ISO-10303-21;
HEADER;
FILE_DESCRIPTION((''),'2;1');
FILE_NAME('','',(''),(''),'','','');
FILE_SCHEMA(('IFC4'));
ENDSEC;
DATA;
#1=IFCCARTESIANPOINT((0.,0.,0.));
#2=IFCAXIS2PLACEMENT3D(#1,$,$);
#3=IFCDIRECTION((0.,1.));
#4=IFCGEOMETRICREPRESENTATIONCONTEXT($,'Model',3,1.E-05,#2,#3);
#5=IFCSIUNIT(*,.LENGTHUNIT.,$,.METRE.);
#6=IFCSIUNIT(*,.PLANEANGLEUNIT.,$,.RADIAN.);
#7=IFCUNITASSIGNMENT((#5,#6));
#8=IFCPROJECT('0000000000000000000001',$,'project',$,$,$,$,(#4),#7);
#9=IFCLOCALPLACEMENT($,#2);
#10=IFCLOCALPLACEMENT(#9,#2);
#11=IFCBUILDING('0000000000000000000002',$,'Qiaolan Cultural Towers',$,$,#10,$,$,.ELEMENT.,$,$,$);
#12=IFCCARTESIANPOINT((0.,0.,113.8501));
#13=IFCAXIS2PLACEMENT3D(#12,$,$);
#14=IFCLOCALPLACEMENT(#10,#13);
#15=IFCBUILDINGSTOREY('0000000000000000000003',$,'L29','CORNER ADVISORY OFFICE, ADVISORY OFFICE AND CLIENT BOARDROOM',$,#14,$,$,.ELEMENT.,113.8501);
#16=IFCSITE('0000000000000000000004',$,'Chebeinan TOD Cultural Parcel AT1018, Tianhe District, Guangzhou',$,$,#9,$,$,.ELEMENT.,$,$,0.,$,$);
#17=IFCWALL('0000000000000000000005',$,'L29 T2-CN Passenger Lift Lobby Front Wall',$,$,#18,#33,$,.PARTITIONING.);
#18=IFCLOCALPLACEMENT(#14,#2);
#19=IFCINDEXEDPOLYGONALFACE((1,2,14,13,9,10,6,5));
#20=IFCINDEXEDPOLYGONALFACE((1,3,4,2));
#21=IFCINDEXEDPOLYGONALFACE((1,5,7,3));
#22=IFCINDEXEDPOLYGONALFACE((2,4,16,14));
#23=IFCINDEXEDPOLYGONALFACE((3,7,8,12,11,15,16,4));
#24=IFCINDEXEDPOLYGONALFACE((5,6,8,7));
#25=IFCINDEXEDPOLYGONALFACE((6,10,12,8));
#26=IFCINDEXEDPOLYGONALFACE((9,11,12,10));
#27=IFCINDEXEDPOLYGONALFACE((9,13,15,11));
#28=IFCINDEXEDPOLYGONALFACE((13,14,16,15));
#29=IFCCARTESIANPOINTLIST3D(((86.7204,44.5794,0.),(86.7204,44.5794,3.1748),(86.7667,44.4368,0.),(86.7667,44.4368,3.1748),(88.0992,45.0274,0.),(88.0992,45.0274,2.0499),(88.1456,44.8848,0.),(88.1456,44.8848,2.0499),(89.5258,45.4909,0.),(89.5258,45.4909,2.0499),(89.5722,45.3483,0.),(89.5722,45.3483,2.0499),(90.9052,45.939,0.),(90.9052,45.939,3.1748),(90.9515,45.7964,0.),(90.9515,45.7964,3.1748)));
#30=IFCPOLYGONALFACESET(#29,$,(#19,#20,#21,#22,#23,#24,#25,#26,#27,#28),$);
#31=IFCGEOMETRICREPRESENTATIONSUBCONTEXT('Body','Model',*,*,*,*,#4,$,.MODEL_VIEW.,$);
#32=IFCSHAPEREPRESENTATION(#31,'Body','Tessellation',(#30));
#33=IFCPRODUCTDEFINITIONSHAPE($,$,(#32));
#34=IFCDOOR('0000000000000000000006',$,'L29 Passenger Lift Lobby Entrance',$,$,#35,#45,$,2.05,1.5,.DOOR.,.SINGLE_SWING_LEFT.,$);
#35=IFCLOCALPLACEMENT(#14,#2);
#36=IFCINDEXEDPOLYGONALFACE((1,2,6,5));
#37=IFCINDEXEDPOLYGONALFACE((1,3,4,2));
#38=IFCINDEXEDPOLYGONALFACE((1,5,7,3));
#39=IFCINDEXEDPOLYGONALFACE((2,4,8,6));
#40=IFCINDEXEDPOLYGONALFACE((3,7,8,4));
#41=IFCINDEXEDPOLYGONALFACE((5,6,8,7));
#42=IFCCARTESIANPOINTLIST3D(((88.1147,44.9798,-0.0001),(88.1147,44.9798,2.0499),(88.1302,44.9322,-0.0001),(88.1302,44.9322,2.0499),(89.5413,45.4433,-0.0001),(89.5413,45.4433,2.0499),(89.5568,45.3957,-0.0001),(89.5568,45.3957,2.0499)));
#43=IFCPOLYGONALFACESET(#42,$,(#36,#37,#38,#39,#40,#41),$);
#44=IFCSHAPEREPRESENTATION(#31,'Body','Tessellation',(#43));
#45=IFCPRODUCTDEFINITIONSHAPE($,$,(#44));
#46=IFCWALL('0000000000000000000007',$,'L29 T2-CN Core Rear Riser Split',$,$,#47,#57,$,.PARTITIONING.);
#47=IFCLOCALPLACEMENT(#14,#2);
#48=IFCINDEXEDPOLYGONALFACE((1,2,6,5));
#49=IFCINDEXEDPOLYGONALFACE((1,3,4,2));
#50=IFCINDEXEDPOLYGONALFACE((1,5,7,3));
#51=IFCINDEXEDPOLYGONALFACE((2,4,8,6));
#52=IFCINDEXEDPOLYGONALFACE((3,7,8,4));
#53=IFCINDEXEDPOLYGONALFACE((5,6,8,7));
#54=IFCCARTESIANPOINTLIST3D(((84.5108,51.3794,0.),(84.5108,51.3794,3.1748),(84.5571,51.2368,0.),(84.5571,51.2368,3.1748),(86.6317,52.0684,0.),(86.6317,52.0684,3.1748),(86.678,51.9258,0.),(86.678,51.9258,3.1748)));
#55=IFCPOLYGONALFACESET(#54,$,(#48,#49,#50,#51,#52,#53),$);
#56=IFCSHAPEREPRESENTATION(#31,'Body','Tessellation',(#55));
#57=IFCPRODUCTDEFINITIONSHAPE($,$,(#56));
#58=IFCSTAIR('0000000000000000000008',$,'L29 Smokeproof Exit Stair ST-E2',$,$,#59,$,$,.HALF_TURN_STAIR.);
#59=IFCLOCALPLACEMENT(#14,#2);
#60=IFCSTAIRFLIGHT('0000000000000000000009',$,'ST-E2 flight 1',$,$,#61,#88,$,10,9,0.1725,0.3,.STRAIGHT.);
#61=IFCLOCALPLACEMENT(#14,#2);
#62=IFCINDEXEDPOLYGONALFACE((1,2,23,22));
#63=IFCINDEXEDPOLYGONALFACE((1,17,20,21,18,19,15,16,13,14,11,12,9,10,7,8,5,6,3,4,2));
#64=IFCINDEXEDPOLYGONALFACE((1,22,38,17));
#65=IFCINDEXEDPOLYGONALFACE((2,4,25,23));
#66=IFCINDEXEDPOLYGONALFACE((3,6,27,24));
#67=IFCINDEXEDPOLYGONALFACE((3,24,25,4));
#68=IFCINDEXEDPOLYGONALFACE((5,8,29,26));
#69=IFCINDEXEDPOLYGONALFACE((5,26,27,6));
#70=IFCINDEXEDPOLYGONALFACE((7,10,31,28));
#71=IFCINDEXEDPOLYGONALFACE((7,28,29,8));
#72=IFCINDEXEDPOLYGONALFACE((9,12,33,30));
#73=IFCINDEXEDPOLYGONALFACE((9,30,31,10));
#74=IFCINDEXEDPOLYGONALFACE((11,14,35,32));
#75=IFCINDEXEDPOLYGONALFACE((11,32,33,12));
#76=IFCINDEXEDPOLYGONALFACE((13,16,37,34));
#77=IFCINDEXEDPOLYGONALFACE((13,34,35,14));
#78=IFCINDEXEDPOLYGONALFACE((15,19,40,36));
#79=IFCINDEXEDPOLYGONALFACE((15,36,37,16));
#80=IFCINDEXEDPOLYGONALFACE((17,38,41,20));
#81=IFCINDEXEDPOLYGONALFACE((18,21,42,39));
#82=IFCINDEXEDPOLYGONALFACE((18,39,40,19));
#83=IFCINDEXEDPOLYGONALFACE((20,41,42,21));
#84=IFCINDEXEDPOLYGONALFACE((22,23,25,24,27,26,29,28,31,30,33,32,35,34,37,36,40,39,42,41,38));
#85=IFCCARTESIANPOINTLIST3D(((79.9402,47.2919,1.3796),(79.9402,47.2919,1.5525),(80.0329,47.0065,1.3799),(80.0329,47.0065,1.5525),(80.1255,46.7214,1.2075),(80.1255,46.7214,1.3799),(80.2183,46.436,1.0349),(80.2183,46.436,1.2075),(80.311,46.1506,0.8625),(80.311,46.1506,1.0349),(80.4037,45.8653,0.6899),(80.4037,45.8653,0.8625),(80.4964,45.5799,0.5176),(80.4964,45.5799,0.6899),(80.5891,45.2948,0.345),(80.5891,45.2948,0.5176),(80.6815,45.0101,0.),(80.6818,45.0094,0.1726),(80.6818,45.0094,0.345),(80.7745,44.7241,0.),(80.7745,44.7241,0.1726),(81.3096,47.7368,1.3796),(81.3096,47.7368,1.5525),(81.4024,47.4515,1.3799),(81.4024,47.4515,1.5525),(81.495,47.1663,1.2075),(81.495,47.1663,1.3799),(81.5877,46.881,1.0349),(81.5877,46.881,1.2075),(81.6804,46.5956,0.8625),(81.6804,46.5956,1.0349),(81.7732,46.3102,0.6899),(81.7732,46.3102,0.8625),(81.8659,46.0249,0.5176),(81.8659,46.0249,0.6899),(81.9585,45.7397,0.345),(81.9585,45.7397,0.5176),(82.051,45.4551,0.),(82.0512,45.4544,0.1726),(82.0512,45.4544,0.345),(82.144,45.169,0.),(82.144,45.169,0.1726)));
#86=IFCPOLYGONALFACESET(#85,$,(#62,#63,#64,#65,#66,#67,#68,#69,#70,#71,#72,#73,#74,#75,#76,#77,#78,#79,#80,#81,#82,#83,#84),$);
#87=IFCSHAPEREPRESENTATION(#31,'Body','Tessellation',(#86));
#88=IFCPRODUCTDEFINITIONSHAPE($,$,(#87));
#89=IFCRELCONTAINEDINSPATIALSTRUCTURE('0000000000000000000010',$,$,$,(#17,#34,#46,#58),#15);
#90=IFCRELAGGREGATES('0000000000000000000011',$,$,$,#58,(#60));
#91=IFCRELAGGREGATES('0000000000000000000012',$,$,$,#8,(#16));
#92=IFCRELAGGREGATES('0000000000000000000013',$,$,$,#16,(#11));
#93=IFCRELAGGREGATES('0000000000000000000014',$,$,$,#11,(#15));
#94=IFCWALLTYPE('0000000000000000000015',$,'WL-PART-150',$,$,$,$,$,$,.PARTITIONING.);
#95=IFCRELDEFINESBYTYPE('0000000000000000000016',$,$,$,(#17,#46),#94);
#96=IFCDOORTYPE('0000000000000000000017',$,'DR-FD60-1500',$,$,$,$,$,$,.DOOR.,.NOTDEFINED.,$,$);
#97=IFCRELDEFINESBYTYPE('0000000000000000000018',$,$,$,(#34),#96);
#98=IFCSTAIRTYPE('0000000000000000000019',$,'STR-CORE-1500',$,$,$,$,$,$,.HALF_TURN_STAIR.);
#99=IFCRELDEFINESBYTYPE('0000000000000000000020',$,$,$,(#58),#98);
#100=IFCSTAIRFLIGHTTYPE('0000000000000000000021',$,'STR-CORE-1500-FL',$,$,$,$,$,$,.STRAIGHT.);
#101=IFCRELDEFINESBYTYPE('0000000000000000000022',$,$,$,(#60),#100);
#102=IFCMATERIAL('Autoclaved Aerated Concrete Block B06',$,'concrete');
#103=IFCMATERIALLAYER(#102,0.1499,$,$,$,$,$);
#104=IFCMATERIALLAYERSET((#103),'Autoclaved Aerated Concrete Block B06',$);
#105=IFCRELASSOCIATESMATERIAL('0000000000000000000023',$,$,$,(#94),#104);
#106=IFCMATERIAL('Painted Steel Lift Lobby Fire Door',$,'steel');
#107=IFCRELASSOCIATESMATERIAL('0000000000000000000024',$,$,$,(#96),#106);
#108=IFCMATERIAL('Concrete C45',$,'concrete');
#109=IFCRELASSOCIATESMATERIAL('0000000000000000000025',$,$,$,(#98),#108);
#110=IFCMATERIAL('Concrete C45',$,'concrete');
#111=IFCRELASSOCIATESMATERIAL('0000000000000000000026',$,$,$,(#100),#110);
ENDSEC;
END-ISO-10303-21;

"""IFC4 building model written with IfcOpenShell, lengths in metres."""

from ifc_helpers import new_model, si_unit, direction, frame, frame_2d, origin, place, context, subcontext, project, spatial, polyline, rectangle, outline, extrude, material, layer, layer_set, type_object, element, fill, aggregate, save


model = new_model("IFC4")

# Units and contexts
model_context = context("Model", 3, precision=1e-05, world=origin(), true_north=direction((0.0, 1.0)))
body_context = subcontext(model_context, "Body", "Model", "MODEL_VIEW")
ifc_project = project(units=[si_unit("LENGTHUNIT", "METRE"), si_unit("PLANEANGLEUNIT", "RADIAN")], contexts=[model_context])

# Site, building, storey
site_placement = place(None, origin())
site = spatial("IfcSite", under=ifc_project, at=site_placement, Name="Chebeinan TOD Cultural Parcel AT1018, Tianhe District, Guangzhou", CompositionType="ELEMENT", RefElevation=0.0)
building_placement = place(site_placement, origin())
building = spatial("IfcBuilding", under=site, at=building_placement, Name="Qiaolan Cultural Towers", CompositionType="ELEMENT")
storey_placement = place(building_placement, frame((0.0, 0.0, 113.8501)))
storey = spatial("IfcBuildingStorey", under=building, at=storey_placement, Name="L29", Description="CORNER ADVISORY OFFICE, ADVISORY OFFICE AND CLIENT BOARDROOM", CompositionType="ELEMENT", Elevation=113.8501)

# Wall, opening, door
ifc_material_1 = material(Name="Autoclaved Aerated Concrete Block B06", Category="concrete")
ifc_layer_1 = layer(ifc_material_1, 0.1499)
ifc_layer_set_1 = layer_set([ifc_layer_1], Name="Autoclaved Aerated Concrete Block B06")
wall_type_1 = type_object("IfcWallType", Name="WL-PART-150", PredefinedType="PARTITIONING", material=ifc_layer_set_1)
wall_1_placement = place(storey_placement, frame((86.7434, 44.5081, 0.0), z_axis=(0.0, 0.0, 1.0), x_axis=(0.951064, 0.308994, 0.0)))
wall_1 = element("IfcWall", 1, at=wall_1_placement, inside=storey, type_object=wall_type_1, Name="L29 T2-CN Passenger Lift Lobby Front Wall", PredefinedType="PARTITIONING", context=body_context, shape_type="SweptSolid", body=[
    extrude(rectangle(XDim=4.4001, YDim=0.1499, at=frame_2d((2.2002, 0.0))), origin(), (0.0, 0.0, 1.0), 3.1748),
])
opening_1_placement = place(wall_1_placement, frame((1.45, 0.0, 0.0)))
opening_1 = element("IfcOpeningElement", 2, at=opening_1_placement, cuts=wall_1, PredefinedType="OPENING", context=body_context, shape_type="SweptSolid", body=[
    extrude(rectangle(XDim=1.5, YDim=2.05, at=frame_2d((0.75, 1.0249))), frame((0.0, 0.085, 0.0), z_axis=(0.0, -1.0, 0.0), x_axis=(1.0, 0.0, 0.0)), (0.0, 0.0, 1.0), 0.1699),
])
ifc_material_2 = material(Name="Painted Steel Lift Lobby Fire Door", Category="steel")
door_type_1 = type_object("IfcDoorType", Name="DR-FD60-1500", OperationType="NOTDEFINED", PredefinedType="DOOR", material=ifc_material_2)
door_1_placement = place(opening_1_placement, origin())
door_1 = element("IfcDoor", 3, at=door_1_placement, inside=storey, type_object=door_type_1, Name="L29 Passenger Lift Lobby Entrance", OperationType="SINGLE_SWING_LEFT", OverallHeight=2.05, OverallWidth=1.5, PredefinedType="DOOR", context=body_context, shape_type="SweptSolid", body=[
    extrude(rectangle(XDim=1.5, YDim=2.05, at=frame_2d((0.75, 1.0249))), frame((0.0, 0.0249, 0.0), z_axis=(0.0, -1.0, 0.0), x_axis=(1.0, 0.0, 0.0)), (0.0, 0.0, 1.0), 0.05),
])
fill(opening_1, door_1)

# Wall
wall_2_placement = place(storey_placement, frame((84.5339, 51.3081, 0.0), z_axis=(0.0, 0.0, 1.0), x_axis=(0.951075, 0.30896, 0.0)))
element("IfcWall", 4, at=wall_2_placement, inside=storey, type_object=wall_type_1, Name="L29 T2-CN Core Rear Riser Split", PredefinedType="PARTITIONING", context=body_context, shape_type="SweptSolid", body=[
    extrude(rectangle(XDim=2.23, YDim=0.1499, at=frame_2d((1.115, 0.0))), origin(), (0.0, 0.0, 1.0), 3.1748),
])

# Stair, stair flight
ifc_material_3 = material(Name="Concrete C45", Category="concrete")
stair_type = type_object("IfcStairType", Name="STR-CORE-1500", PredefinedType="HALF_TURN_STAIR", material=ifc_material_3)
stair_placement = place(storey_placement, origin())
stair = element("IfcStair", 5, at=stair_placement, inside=storey, type_object=stair_type, Name="L29 Smokeproof Exit Stair ST-E2", PredefinedType="HALF_TURN_STAIR")
ifc_material_4 = material(Name="Concrete C45", Category="concrete")
stair_flight_type = type_object("IfcStairFlightType", Name="STR-CORE-1500-FL", PredefinedType="STRAIGHT", material=ifc_material_4)
stair_flight_placement = place(storey_placement, frame((81.4592, 44.9465, 0.0), z_axis=(0.0, 0.0, 1.0), x_axis=(-0.309017, 0.951057, 0.0)))
stair_flight = element("IfcStairFlight", 6, at=stair_flight_placement, type_object=stair_flight_type, Name="ST-E2 flight 1", NumberOfRisers=10, NumberOfTreads=9, PredefinedType="STRAIGHT", RiserHeight=0.1725, TreadLength=0.3, context=body_context, shape_type="SweptSolid", body=[
    extrude(outline(polyline([(0.0, 0.0), (0.0, 0.1726), (0.3, 0.1726), (0.3, 0.345), (0.6001, 0.345), (0.6001, 0.5176), (0.8999, 0.5176), (0.8999, 0.6899), (1.2, 0.6899), (1.2, 0.8625), (1.5, 0.8625), (1.5, 1.0349), (1.8, 1.0349), (1.8, 1.2075), (2.1001, 1.2075), (2.1001, 1.3799), (2.3999, 1.3799), (2.3999, 1.5525), (2.7, 1.5525), (2.7, 1.7251), (2.7, 1.3796), (0.3008, 0.0), (0.0, 0.0)])), frame((0.0, 0.72, 0.0), z_axis=(0.0, -1.0, 0.0), x_axis=(1.0, 0.0, 0.0)), (0.0, 0.0, 1.0), 1.4399),
])
aggregate(stair, [stair_flight])

save(model, "model.ifc")
